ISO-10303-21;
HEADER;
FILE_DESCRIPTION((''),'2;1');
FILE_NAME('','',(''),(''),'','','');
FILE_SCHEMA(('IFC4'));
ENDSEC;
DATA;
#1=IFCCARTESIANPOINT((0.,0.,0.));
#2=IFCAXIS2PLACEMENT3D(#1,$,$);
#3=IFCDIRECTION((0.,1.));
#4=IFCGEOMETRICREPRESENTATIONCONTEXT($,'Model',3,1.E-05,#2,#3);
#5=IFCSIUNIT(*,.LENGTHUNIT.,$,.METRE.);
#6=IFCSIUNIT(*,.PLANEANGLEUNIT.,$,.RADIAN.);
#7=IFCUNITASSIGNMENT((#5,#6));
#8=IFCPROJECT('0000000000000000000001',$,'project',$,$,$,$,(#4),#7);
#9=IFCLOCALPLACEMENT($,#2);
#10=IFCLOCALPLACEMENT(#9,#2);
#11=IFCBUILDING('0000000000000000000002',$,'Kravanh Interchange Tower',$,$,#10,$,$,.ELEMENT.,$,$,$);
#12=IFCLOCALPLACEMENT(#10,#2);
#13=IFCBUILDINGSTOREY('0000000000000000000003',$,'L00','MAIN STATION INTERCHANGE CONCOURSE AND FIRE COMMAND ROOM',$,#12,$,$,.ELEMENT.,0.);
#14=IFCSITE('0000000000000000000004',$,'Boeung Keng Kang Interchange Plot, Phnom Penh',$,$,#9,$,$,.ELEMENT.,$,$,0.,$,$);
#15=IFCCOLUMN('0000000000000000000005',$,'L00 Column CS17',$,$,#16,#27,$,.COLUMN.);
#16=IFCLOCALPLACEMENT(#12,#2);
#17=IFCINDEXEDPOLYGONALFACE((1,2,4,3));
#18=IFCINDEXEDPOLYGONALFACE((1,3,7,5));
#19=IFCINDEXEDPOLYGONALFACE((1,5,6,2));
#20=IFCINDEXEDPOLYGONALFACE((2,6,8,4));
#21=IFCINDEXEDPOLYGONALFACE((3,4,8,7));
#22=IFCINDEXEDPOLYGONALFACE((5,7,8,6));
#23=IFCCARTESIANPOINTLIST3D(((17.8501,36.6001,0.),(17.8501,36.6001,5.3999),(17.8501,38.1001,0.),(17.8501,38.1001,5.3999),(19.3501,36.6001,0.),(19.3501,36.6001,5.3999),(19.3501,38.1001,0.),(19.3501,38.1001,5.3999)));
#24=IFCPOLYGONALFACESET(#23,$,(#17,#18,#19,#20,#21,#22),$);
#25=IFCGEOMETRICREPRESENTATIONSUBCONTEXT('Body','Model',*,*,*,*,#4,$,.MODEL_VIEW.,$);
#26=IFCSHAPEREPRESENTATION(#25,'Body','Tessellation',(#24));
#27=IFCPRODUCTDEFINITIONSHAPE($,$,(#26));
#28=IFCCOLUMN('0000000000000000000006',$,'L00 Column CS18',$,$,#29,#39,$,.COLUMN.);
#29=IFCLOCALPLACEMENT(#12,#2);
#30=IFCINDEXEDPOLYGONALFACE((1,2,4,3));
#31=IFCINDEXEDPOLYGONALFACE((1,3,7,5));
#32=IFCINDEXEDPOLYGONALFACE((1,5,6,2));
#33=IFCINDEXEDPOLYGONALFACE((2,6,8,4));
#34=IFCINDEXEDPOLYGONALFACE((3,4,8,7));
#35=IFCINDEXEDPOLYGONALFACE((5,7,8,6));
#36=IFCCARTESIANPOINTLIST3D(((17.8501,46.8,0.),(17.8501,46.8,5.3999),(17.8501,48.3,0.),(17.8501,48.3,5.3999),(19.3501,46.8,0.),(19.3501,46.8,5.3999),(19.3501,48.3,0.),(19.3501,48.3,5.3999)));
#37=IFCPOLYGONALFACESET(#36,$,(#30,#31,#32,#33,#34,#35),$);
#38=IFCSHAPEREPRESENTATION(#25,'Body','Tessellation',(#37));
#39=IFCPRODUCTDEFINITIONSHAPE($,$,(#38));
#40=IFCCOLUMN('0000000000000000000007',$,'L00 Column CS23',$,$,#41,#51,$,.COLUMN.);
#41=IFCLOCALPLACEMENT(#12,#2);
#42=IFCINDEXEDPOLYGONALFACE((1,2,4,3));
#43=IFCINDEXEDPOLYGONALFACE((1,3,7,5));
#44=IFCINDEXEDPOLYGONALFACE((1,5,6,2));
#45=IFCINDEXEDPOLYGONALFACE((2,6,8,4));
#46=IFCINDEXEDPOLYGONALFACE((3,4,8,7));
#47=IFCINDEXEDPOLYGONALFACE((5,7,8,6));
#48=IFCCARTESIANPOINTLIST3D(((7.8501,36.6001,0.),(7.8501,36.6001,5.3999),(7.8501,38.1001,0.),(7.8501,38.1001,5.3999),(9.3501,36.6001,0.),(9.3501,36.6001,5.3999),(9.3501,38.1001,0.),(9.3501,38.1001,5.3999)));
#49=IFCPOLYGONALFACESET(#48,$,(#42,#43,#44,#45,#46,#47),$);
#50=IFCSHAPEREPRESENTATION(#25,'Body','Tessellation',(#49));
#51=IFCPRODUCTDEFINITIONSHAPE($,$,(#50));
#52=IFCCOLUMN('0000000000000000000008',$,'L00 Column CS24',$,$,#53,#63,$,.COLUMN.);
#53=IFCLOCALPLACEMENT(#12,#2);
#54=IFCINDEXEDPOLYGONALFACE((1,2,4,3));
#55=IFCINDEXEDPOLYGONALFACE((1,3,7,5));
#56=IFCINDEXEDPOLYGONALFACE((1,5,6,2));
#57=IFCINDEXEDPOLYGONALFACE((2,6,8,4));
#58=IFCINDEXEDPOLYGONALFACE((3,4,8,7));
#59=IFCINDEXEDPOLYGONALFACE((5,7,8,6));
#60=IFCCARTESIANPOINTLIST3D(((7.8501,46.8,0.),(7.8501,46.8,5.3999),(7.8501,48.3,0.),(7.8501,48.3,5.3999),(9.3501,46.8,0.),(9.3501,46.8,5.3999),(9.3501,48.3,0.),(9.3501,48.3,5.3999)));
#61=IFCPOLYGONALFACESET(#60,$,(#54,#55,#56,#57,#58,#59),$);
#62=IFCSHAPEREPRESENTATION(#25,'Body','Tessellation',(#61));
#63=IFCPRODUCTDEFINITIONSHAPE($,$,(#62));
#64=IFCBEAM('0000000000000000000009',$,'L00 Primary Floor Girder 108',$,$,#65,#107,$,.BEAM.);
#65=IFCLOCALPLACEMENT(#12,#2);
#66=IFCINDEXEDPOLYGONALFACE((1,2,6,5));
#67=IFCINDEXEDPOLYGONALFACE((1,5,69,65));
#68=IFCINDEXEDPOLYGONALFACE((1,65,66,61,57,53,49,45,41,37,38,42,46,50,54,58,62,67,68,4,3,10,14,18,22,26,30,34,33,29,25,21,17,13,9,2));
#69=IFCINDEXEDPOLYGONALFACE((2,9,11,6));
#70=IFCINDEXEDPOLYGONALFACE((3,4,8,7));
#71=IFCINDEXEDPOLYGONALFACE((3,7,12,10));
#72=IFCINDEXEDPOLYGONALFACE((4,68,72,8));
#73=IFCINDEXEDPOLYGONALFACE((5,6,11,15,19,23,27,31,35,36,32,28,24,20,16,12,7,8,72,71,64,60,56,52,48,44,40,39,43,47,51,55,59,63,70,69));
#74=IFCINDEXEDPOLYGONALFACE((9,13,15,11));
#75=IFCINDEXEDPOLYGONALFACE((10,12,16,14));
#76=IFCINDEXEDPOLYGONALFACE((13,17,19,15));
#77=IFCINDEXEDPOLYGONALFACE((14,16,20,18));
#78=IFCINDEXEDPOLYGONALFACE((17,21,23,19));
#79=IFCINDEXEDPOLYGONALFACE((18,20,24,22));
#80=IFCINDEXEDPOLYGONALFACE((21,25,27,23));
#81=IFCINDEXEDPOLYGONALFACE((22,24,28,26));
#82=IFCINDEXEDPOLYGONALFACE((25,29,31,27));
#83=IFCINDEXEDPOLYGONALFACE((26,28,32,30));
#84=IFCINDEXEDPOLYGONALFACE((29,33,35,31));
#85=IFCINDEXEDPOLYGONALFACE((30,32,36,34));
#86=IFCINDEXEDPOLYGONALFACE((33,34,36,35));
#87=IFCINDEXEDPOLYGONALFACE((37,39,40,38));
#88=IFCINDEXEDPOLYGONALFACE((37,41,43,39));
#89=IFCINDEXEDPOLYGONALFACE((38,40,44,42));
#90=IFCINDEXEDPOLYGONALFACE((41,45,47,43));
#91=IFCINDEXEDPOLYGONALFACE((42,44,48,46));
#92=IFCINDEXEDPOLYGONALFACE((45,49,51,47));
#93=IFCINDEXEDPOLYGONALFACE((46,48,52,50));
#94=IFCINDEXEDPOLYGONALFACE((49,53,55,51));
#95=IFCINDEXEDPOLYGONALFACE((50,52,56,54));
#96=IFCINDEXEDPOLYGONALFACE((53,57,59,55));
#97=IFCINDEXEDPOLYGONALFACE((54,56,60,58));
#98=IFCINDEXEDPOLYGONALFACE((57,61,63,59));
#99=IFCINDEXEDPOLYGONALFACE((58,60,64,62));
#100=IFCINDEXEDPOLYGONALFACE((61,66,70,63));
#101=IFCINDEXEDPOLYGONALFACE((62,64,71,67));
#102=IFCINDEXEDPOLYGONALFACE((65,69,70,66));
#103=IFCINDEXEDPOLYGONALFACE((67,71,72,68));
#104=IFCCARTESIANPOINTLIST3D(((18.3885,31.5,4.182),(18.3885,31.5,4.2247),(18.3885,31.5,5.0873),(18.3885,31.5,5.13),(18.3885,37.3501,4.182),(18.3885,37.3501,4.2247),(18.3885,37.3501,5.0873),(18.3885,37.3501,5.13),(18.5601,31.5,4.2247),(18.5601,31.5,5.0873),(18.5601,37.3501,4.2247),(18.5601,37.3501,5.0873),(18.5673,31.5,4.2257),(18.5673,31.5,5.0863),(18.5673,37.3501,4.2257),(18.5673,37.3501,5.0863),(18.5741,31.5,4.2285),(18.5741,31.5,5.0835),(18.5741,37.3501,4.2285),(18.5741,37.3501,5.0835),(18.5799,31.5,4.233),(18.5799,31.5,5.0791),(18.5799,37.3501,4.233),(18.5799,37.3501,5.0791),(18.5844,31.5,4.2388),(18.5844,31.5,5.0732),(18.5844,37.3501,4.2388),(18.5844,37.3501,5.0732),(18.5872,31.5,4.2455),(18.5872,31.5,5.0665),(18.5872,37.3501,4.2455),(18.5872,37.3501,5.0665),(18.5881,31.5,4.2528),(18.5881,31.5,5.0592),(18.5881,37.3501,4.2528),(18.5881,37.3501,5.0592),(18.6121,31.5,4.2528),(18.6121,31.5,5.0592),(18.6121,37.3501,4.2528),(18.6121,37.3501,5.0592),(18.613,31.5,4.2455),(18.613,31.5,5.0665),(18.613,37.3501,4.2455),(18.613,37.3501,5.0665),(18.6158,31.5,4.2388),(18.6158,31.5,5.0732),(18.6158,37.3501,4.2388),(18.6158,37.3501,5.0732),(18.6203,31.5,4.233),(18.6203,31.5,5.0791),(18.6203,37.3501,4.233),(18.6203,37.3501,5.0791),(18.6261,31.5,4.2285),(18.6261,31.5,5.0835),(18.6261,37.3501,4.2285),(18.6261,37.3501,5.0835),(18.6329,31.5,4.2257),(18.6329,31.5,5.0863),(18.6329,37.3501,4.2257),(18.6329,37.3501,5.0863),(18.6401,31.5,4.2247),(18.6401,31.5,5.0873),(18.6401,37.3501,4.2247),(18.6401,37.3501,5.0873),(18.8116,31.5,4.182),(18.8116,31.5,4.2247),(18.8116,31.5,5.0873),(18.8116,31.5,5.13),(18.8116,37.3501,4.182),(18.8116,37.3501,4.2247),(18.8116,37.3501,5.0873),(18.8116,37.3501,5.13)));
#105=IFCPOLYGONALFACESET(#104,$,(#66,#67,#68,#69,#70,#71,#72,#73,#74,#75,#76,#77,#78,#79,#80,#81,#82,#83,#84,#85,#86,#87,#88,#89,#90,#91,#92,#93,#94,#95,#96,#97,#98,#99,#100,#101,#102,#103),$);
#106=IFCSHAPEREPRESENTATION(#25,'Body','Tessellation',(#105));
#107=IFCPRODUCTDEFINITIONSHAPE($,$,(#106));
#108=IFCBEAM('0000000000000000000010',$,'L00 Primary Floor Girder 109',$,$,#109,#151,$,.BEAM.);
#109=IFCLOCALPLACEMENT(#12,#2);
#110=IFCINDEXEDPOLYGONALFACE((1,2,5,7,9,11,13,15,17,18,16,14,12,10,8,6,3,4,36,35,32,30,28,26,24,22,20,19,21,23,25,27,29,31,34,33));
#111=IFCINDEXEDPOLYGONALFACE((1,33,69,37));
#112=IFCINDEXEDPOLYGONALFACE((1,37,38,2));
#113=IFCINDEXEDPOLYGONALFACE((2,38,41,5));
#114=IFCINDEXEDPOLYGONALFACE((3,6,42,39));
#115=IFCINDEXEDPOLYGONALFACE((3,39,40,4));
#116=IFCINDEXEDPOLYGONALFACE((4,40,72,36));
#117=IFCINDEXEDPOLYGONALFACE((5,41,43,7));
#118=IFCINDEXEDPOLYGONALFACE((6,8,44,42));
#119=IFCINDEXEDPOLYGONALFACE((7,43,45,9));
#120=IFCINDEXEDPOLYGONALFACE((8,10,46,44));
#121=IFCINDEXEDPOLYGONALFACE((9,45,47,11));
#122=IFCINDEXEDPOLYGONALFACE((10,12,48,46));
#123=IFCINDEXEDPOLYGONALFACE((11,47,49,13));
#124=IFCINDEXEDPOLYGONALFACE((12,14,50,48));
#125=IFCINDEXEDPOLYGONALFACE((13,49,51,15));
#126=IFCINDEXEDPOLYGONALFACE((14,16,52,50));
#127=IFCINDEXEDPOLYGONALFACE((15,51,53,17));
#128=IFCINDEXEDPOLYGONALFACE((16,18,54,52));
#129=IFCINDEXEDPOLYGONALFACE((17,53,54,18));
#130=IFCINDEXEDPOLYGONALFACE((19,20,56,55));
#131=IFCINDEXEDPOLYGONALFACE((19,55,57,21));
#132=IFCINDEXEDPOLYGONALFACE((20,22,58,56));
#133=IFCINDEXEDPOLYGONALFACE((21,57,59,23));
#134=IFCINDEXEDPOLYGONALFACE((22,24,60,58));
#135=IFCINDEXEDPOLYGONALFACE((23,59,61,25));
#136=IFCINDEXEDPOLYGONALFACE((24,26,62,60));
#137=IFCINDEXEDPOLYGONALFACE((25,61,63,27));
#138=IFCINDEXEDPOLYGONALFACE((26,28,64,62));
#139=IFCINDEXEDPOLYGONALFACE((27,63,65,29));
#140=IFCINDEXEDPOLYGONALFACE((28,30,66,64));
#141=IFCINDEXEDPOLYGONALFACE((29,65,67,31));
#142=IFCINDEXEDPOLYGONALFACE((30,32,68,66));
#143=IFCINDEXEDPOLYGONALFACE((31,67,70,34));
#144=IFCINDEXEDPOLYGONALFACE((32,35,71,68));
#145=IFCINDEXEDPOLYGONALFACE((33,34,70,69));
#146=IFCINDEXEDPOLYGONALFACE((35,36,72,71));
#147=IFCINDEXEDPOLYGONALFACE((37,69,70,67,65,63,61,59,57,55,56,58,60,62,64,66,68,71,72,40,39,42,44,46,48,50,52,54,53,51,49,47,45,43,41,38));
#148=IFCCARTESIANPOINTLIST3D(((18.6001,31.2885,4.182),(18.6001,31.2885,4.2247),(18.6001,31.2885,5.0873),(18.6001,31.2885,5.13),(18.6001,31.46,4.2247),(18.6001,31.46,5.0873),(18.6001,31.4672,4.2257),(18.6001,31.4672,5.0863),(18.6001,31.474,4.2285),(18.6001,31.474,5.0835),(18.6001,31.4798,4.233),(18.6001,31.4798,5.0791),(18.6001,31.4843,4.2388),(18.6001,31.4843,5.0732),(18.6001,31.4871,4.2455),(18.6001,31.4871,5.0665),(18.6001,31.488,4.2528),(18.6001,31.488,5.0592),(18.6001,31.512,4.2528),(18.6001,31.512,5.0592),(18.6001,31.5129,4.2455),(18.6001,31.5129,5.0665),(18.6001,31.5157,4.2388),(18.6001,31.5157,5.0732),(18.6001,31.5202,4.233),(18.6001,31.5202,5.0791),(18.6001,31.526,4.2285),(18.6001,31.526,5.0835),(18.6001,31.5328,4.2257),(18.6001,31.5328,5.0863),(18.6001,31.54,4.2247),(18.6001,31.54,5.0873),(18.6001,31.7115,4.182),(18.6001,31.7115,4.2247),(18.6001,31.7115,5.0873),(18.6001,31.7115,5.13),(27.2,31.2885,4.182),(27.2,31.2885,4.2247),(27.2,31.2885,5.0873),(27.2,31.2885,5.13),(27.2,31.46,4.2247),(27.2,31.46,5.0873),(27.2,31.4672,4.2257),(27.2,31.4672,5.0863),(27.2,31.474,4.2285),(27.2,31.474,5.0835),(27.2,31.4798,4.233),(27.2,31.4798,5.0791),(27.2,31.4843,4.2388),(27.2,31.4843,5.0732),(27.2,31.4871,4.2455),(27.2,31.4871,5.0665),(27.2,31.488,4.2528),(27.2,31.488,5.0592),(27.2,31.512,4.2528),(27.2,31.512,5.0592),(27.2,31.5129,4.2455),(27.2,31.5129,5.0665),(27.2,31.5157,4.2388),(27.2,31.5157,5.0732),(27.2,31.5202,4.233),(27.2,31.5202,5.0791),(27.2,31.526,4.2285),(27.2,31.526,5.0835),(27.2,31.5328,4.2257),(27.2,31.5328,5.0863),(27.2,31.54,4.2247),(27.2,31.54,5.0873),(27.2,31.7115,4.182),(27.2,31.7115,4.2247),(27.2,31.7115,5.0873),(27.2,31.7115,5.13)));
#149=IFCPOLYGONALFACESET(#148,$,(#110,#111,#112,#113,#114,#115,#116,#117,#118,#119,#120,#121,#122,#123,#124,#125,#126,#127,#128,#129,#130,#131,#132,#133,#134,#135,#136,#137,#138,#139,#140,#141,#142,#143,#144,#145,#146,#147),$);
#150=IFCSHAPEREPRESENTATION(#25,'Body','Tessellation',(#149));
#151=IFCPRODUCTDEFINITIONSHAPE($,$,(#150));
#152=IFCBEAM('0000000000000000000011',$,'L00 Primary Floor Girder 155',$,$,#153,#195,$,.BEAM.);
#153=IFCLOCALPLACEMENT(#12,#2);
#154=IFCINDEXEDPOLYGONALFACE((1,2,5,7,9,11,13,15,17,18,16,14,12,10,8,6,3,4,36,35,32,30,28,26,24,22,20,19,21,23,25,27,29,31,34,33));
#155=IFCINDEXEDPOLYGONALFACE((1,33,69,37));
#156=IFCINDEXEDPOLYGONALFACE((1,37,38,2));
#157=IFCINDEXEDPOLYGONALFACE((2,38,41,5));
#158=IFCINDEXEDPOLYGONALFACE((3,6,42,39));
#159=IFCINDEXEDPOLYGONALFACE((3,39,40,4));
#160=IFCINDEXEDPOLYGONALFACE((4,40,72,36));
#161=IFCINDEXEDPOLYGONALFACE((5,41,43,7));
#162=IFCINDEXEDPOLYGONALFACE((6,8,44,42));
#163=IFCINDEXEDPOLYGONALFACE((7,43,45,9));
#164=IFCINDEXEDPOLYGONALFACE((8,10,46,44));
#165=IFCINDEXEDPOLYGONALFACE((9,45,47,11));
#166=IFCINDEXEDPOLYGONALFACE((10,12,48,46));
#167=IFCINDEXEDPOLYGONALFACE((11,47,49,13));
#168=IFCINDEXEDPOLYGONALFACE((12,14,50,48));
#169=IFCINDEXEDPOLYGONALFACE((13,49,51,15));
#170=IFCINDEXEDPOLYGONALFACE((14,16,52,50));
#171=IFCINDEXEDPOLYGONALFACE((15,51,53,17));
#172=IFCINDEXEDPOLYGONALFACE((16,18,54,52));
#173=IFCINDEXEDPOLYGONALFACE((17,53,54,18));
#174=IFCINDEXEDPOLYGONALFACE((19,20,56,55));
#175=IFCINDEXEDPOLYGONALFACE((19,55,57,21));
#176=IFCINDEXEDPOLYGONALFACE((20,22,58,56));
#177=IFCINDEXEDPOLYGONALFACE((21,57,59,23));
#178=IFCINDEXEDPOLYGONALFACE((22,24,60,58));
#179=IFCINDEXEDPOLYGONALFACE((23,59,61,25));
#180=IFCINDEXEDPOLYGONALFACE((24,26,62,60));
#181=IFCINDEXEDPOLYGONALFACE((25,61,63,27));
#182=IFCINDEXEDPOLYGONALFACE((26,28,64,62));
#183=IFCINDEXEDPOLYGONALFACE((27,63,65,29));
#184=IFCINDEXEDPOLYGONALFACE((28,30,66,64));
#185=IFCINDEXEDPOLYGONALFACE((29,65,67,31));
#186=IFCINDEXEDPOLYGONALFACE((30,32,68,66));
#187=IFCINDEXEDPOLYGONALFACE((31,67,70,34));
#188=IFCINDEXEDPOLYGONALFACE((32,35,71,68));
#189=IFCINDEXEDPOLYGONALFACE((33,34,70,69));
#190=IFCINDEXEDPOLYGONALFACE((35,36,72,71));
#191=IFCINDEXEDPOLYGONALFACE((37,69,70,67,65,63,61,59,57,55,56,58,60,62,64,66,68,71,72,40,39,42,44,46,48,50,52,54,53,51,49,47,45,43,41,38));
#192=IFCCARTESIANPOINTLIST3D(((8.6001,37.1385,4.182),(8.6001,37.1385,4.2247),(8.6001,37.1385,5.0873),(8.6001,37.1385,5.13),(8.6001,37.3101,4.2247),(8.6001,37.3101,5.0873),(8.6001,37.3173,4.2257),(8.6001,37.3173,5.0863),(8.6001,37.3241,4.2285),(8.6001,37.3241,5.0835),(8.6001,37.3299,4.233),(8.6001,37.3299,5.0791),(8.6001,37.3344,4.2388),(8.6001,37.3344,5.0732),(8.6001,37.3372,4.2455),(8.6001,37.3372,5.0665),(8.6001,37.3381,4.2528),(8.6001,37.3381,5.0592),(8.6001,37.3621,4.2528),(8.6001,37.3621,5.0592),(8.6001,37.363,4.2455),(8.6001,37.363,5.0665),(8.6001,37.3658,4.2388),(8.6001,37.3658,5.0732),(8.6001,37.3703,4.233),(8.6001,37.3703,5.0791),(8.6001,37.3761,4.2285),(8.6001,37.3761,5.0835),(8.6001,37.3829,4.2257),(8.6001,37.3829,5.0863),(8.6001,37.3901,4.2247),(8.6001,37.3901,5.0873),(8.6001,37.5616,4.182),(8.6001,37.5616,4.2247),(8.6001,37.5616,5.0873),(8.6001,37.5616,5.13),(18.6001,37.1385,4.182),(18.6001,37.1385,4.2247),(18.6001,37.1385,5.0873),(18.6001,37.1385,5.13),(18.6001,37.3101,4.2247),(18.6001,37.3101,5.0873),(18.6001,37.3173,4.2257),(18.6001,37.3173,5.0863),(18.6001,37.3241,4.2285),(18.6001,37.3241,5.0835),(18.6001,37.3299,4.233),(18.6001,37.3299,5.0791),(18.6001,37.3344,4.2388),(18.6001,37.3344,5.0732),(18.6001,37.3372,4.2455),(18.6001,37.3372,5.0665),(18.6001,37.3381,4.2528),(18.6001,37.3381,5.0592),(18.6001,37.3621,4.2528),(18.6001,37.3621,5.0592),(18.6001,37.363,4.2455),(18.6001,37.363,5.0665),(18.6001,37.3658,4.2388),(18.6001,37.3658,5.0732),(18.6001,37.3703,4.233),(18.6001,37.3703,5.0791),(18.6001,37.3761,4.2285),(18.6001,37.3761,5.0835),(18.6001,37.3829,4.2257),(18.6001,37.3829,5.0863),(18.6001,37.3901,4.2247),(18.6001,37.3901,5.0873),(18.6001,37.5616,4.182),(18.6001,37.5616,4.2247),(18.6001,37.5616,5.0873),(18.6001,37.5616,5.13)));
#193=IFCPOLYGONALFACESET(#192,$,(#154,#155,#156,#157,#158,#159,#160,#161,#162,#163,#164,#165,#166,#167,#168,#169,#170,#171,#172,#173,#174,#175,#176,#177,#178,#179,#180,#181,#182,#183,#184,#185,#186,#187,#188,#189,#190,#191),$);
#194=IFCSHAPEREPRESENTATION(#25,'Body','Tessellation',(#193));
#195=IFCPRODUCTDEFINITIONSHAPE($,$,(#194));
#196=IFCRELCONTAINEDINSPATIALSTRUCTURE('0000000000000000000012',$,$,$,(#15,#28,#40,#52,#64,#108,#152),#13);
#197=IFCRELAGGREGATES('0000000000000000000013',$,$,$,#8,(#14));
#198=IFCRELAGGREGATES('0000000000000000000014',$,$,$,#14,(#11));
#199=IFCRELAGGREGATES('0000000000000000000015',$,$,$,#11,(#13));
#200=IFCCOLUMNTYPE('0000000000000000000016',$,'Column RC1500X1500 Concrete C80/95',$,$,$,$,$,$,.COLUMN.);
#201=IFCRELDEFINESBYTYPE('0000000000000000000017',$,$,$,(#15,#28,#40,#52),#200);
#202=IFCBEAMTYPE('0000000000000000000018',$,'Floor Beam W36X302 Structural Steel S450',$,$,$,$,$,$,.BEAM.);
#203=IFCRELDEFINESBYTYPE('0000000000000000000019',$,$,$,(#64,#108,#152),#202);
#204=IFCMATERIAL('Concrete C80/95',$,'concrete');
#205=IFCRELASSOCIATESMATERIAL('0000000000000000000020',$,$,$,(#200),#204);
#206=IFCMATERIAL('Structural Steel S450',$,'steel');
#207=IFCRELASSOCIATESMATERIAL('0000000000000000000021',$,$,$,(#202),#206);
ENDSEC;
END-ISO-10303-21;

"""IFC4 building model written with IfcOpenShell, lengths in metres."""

from ifc_helpers import new_model, si_unit, direction, frame, origin, origin_2d, place, context, subcontext, project, spatial, rectangle, i_section, extrude, material, material_profile, profile_set, type_object, element, save


model = new_model("IFC4")

# Units and contexts
model_context = context("Model", 3, precision=1e-05, world=origin(), true_north=direction((0.0, 1.0)))
body_context = subcontext(model_context, "Body", "Model", "MODEL_VIEW")
ifc_project = project(units=[si_unit("LENGTHUNIT", "METRE"), si_unit("PLANEANGLEUNIT", "RADIAN")], contexts=[model_context])

# Site, building, storey
site_placement = place(None, origin())
site = spatial("IfcSite", under=ifc_project, at=site_placement, Name="Boeung Keng Kang Interchange Plot, Phnom Penh", CompositionType="ELEMENT", RefElevation=0.0)
building_placement = place(site_placement, origin())
building = spatial("IfcBuilding", under=site, at=building_placement, Name="Kravanh Interchange Tower", CompositionType="ELEMENT")
storey_placement = place(building_placement, origin())
storey = spatial("IfcBuildingStorey", under=building, at=storey_placement, Name="L00", Description="MAIN STATION INTERCHANGE CONCOURSE AND FIRE COMMAND ROOM", CompositionType="ELEMENT", Elevation=0.0)

# Columns
ifc_material_1 = material(Name="Concrete C80/95", Category="concrete")
ifc_material_profile_1 = material_profile(ifc_material_1, rectangle(XDim=1.5, YDim=1.5, at=origin_2d()), Name="RC1500X1500")
ifc_profile_set_1 = profile_set([ifc_material_profile_1], Name="Concrete C80/95")
column_type = type_object("IfcColumnType", Name="Column RC1500X1500 Concrete C80/95", PredefinedType="COLUMN", material=ifc_profile_set_1)
for number, where, z_axis, x_axis, name in (
    (1, (18.6001, 37.3501, 0.0), (0.0, 0.0, 1.0), (1.0, 0.0, 0.0), "L00 Column CS17"),
    (2, (18.6001, 47.55, 0.0), (0.0, 0.0, 1.0), (1.0, 0.0, 0.0), "L00 Column CS18"),
    (3, (8.6001, 37.3501, 0.0), (0.0, 0.0, 1.0), (1.0, 0.0, 0.0), "L00 Column CS23"),
    (4, (8.6001, 47.55, 0.0), (0.0, 0.0, 1.0), (1.0, 0.0, 0.0), "L00 Column CS24"),
):
    element("IfcColumn", number, at=place(storey_placement, frame(where, z_axis=z_axis, x_axis=x_axis)), inside=storey, type_object=column_type, Name=name, PredefinedType="COLUMN", context=body_context, shape_type="SweptSolid", body=[
        extrude(rectangle(XDim=1.5, YDim=1.5, at=origin_2d()), origin(), (0.0, 0.0, 1.0), 5.3999),
    ])

# Beams
ifc_material_2 = material(Name="Structural Steel S450", Category="steel")
ifc_material_profile_2 = material_profile(ifc_material_2, i_section(OverallWidth=0.4231, OverallDepth=0.948, WebThickness=0.0239, FlangeThickness=0.0427, FilletRadius=0.0281, at=origin_2d()), Name="W36X302")
ifc_profile_set_2 = profile_set([ifc_material_profile_2], Name="Structural Steel S450")
beam_type = type_object("IfcBeamType", Name="Floor Beam W36X302 Structural Steel S450", PredefinedType="BEAM", material=ifc_profile_set_2)
beam_1_placement = place(storey_placement, frame((18.6001, 31.5, 4.656), z_axis=(0.0, 1.0, 0.0), x_axis=(-1.0, 0.0, 0.0)))
element("IfcBeam", 5, at=beam_1_placement, inside=storey, type_object=beam_type, Name="L00 Primary Floor Girder 108", PredefinedType="BEAM", context=body_context, shape_type="SweptSolid", body=[
    extrude(i_section(OverallWidth=0.4231, OverallDepth=0.948, WebThickness=0.0239, FlangeThickness=0.0427, FilletRadius=0.0281, at=origin_2d()), origin(), (0.0, 0.0, 1.0), 5.8501),
])
beam_2_placement = place(storey_placement, frame((18.6001, 31.5, 4.656), z_axis=(1.0, 0.0, 0.0), x_axis=(0.0, 1.0, 0.0)))
element("IfcBeam", 6, at=beam_2_placement, inside=storey, type_object=beam_type, Name="L00 Primary Floor Girder 109", PredefinedType="BEAM", context=body_context, shape_type="SweptSolid", body=[
    extrude(i_section(OverallWidth=0.4231, OverallDepth=0.948, WebThickness=0.0239, FlangeThickness=0.0427, FilletRadius=0.0281, at=origin_2d()), origin(), (0.0, 0.0, 1.0), 8.5999),
])
beam_3_placement = place(storey_placement, frame((18.6001, 37.3501, 4.656), z_axis=(-1.0, 0.0, 0.0), x_axis=(0.0, -1.0, 0.0)))
element("IfcBeam", 7, at=beam_3_placement, inside=storey, type_object=beam_type, Name="L00 Primary Floor Girder 155", PredefinedType="BEAM", context=body_context, shape_type="SweptSolid", body=[
    extrude(i_section(OverallWidth=0.4231, OverallDepth=0.948, WebThickness=0.0239, FlangeThickness=0.0427, FilletRadius=0.0281, at=origin_2d()), origin(), (0.0, 0.0, 1.0), 10.0),
])

save(model, "model.ifc")
